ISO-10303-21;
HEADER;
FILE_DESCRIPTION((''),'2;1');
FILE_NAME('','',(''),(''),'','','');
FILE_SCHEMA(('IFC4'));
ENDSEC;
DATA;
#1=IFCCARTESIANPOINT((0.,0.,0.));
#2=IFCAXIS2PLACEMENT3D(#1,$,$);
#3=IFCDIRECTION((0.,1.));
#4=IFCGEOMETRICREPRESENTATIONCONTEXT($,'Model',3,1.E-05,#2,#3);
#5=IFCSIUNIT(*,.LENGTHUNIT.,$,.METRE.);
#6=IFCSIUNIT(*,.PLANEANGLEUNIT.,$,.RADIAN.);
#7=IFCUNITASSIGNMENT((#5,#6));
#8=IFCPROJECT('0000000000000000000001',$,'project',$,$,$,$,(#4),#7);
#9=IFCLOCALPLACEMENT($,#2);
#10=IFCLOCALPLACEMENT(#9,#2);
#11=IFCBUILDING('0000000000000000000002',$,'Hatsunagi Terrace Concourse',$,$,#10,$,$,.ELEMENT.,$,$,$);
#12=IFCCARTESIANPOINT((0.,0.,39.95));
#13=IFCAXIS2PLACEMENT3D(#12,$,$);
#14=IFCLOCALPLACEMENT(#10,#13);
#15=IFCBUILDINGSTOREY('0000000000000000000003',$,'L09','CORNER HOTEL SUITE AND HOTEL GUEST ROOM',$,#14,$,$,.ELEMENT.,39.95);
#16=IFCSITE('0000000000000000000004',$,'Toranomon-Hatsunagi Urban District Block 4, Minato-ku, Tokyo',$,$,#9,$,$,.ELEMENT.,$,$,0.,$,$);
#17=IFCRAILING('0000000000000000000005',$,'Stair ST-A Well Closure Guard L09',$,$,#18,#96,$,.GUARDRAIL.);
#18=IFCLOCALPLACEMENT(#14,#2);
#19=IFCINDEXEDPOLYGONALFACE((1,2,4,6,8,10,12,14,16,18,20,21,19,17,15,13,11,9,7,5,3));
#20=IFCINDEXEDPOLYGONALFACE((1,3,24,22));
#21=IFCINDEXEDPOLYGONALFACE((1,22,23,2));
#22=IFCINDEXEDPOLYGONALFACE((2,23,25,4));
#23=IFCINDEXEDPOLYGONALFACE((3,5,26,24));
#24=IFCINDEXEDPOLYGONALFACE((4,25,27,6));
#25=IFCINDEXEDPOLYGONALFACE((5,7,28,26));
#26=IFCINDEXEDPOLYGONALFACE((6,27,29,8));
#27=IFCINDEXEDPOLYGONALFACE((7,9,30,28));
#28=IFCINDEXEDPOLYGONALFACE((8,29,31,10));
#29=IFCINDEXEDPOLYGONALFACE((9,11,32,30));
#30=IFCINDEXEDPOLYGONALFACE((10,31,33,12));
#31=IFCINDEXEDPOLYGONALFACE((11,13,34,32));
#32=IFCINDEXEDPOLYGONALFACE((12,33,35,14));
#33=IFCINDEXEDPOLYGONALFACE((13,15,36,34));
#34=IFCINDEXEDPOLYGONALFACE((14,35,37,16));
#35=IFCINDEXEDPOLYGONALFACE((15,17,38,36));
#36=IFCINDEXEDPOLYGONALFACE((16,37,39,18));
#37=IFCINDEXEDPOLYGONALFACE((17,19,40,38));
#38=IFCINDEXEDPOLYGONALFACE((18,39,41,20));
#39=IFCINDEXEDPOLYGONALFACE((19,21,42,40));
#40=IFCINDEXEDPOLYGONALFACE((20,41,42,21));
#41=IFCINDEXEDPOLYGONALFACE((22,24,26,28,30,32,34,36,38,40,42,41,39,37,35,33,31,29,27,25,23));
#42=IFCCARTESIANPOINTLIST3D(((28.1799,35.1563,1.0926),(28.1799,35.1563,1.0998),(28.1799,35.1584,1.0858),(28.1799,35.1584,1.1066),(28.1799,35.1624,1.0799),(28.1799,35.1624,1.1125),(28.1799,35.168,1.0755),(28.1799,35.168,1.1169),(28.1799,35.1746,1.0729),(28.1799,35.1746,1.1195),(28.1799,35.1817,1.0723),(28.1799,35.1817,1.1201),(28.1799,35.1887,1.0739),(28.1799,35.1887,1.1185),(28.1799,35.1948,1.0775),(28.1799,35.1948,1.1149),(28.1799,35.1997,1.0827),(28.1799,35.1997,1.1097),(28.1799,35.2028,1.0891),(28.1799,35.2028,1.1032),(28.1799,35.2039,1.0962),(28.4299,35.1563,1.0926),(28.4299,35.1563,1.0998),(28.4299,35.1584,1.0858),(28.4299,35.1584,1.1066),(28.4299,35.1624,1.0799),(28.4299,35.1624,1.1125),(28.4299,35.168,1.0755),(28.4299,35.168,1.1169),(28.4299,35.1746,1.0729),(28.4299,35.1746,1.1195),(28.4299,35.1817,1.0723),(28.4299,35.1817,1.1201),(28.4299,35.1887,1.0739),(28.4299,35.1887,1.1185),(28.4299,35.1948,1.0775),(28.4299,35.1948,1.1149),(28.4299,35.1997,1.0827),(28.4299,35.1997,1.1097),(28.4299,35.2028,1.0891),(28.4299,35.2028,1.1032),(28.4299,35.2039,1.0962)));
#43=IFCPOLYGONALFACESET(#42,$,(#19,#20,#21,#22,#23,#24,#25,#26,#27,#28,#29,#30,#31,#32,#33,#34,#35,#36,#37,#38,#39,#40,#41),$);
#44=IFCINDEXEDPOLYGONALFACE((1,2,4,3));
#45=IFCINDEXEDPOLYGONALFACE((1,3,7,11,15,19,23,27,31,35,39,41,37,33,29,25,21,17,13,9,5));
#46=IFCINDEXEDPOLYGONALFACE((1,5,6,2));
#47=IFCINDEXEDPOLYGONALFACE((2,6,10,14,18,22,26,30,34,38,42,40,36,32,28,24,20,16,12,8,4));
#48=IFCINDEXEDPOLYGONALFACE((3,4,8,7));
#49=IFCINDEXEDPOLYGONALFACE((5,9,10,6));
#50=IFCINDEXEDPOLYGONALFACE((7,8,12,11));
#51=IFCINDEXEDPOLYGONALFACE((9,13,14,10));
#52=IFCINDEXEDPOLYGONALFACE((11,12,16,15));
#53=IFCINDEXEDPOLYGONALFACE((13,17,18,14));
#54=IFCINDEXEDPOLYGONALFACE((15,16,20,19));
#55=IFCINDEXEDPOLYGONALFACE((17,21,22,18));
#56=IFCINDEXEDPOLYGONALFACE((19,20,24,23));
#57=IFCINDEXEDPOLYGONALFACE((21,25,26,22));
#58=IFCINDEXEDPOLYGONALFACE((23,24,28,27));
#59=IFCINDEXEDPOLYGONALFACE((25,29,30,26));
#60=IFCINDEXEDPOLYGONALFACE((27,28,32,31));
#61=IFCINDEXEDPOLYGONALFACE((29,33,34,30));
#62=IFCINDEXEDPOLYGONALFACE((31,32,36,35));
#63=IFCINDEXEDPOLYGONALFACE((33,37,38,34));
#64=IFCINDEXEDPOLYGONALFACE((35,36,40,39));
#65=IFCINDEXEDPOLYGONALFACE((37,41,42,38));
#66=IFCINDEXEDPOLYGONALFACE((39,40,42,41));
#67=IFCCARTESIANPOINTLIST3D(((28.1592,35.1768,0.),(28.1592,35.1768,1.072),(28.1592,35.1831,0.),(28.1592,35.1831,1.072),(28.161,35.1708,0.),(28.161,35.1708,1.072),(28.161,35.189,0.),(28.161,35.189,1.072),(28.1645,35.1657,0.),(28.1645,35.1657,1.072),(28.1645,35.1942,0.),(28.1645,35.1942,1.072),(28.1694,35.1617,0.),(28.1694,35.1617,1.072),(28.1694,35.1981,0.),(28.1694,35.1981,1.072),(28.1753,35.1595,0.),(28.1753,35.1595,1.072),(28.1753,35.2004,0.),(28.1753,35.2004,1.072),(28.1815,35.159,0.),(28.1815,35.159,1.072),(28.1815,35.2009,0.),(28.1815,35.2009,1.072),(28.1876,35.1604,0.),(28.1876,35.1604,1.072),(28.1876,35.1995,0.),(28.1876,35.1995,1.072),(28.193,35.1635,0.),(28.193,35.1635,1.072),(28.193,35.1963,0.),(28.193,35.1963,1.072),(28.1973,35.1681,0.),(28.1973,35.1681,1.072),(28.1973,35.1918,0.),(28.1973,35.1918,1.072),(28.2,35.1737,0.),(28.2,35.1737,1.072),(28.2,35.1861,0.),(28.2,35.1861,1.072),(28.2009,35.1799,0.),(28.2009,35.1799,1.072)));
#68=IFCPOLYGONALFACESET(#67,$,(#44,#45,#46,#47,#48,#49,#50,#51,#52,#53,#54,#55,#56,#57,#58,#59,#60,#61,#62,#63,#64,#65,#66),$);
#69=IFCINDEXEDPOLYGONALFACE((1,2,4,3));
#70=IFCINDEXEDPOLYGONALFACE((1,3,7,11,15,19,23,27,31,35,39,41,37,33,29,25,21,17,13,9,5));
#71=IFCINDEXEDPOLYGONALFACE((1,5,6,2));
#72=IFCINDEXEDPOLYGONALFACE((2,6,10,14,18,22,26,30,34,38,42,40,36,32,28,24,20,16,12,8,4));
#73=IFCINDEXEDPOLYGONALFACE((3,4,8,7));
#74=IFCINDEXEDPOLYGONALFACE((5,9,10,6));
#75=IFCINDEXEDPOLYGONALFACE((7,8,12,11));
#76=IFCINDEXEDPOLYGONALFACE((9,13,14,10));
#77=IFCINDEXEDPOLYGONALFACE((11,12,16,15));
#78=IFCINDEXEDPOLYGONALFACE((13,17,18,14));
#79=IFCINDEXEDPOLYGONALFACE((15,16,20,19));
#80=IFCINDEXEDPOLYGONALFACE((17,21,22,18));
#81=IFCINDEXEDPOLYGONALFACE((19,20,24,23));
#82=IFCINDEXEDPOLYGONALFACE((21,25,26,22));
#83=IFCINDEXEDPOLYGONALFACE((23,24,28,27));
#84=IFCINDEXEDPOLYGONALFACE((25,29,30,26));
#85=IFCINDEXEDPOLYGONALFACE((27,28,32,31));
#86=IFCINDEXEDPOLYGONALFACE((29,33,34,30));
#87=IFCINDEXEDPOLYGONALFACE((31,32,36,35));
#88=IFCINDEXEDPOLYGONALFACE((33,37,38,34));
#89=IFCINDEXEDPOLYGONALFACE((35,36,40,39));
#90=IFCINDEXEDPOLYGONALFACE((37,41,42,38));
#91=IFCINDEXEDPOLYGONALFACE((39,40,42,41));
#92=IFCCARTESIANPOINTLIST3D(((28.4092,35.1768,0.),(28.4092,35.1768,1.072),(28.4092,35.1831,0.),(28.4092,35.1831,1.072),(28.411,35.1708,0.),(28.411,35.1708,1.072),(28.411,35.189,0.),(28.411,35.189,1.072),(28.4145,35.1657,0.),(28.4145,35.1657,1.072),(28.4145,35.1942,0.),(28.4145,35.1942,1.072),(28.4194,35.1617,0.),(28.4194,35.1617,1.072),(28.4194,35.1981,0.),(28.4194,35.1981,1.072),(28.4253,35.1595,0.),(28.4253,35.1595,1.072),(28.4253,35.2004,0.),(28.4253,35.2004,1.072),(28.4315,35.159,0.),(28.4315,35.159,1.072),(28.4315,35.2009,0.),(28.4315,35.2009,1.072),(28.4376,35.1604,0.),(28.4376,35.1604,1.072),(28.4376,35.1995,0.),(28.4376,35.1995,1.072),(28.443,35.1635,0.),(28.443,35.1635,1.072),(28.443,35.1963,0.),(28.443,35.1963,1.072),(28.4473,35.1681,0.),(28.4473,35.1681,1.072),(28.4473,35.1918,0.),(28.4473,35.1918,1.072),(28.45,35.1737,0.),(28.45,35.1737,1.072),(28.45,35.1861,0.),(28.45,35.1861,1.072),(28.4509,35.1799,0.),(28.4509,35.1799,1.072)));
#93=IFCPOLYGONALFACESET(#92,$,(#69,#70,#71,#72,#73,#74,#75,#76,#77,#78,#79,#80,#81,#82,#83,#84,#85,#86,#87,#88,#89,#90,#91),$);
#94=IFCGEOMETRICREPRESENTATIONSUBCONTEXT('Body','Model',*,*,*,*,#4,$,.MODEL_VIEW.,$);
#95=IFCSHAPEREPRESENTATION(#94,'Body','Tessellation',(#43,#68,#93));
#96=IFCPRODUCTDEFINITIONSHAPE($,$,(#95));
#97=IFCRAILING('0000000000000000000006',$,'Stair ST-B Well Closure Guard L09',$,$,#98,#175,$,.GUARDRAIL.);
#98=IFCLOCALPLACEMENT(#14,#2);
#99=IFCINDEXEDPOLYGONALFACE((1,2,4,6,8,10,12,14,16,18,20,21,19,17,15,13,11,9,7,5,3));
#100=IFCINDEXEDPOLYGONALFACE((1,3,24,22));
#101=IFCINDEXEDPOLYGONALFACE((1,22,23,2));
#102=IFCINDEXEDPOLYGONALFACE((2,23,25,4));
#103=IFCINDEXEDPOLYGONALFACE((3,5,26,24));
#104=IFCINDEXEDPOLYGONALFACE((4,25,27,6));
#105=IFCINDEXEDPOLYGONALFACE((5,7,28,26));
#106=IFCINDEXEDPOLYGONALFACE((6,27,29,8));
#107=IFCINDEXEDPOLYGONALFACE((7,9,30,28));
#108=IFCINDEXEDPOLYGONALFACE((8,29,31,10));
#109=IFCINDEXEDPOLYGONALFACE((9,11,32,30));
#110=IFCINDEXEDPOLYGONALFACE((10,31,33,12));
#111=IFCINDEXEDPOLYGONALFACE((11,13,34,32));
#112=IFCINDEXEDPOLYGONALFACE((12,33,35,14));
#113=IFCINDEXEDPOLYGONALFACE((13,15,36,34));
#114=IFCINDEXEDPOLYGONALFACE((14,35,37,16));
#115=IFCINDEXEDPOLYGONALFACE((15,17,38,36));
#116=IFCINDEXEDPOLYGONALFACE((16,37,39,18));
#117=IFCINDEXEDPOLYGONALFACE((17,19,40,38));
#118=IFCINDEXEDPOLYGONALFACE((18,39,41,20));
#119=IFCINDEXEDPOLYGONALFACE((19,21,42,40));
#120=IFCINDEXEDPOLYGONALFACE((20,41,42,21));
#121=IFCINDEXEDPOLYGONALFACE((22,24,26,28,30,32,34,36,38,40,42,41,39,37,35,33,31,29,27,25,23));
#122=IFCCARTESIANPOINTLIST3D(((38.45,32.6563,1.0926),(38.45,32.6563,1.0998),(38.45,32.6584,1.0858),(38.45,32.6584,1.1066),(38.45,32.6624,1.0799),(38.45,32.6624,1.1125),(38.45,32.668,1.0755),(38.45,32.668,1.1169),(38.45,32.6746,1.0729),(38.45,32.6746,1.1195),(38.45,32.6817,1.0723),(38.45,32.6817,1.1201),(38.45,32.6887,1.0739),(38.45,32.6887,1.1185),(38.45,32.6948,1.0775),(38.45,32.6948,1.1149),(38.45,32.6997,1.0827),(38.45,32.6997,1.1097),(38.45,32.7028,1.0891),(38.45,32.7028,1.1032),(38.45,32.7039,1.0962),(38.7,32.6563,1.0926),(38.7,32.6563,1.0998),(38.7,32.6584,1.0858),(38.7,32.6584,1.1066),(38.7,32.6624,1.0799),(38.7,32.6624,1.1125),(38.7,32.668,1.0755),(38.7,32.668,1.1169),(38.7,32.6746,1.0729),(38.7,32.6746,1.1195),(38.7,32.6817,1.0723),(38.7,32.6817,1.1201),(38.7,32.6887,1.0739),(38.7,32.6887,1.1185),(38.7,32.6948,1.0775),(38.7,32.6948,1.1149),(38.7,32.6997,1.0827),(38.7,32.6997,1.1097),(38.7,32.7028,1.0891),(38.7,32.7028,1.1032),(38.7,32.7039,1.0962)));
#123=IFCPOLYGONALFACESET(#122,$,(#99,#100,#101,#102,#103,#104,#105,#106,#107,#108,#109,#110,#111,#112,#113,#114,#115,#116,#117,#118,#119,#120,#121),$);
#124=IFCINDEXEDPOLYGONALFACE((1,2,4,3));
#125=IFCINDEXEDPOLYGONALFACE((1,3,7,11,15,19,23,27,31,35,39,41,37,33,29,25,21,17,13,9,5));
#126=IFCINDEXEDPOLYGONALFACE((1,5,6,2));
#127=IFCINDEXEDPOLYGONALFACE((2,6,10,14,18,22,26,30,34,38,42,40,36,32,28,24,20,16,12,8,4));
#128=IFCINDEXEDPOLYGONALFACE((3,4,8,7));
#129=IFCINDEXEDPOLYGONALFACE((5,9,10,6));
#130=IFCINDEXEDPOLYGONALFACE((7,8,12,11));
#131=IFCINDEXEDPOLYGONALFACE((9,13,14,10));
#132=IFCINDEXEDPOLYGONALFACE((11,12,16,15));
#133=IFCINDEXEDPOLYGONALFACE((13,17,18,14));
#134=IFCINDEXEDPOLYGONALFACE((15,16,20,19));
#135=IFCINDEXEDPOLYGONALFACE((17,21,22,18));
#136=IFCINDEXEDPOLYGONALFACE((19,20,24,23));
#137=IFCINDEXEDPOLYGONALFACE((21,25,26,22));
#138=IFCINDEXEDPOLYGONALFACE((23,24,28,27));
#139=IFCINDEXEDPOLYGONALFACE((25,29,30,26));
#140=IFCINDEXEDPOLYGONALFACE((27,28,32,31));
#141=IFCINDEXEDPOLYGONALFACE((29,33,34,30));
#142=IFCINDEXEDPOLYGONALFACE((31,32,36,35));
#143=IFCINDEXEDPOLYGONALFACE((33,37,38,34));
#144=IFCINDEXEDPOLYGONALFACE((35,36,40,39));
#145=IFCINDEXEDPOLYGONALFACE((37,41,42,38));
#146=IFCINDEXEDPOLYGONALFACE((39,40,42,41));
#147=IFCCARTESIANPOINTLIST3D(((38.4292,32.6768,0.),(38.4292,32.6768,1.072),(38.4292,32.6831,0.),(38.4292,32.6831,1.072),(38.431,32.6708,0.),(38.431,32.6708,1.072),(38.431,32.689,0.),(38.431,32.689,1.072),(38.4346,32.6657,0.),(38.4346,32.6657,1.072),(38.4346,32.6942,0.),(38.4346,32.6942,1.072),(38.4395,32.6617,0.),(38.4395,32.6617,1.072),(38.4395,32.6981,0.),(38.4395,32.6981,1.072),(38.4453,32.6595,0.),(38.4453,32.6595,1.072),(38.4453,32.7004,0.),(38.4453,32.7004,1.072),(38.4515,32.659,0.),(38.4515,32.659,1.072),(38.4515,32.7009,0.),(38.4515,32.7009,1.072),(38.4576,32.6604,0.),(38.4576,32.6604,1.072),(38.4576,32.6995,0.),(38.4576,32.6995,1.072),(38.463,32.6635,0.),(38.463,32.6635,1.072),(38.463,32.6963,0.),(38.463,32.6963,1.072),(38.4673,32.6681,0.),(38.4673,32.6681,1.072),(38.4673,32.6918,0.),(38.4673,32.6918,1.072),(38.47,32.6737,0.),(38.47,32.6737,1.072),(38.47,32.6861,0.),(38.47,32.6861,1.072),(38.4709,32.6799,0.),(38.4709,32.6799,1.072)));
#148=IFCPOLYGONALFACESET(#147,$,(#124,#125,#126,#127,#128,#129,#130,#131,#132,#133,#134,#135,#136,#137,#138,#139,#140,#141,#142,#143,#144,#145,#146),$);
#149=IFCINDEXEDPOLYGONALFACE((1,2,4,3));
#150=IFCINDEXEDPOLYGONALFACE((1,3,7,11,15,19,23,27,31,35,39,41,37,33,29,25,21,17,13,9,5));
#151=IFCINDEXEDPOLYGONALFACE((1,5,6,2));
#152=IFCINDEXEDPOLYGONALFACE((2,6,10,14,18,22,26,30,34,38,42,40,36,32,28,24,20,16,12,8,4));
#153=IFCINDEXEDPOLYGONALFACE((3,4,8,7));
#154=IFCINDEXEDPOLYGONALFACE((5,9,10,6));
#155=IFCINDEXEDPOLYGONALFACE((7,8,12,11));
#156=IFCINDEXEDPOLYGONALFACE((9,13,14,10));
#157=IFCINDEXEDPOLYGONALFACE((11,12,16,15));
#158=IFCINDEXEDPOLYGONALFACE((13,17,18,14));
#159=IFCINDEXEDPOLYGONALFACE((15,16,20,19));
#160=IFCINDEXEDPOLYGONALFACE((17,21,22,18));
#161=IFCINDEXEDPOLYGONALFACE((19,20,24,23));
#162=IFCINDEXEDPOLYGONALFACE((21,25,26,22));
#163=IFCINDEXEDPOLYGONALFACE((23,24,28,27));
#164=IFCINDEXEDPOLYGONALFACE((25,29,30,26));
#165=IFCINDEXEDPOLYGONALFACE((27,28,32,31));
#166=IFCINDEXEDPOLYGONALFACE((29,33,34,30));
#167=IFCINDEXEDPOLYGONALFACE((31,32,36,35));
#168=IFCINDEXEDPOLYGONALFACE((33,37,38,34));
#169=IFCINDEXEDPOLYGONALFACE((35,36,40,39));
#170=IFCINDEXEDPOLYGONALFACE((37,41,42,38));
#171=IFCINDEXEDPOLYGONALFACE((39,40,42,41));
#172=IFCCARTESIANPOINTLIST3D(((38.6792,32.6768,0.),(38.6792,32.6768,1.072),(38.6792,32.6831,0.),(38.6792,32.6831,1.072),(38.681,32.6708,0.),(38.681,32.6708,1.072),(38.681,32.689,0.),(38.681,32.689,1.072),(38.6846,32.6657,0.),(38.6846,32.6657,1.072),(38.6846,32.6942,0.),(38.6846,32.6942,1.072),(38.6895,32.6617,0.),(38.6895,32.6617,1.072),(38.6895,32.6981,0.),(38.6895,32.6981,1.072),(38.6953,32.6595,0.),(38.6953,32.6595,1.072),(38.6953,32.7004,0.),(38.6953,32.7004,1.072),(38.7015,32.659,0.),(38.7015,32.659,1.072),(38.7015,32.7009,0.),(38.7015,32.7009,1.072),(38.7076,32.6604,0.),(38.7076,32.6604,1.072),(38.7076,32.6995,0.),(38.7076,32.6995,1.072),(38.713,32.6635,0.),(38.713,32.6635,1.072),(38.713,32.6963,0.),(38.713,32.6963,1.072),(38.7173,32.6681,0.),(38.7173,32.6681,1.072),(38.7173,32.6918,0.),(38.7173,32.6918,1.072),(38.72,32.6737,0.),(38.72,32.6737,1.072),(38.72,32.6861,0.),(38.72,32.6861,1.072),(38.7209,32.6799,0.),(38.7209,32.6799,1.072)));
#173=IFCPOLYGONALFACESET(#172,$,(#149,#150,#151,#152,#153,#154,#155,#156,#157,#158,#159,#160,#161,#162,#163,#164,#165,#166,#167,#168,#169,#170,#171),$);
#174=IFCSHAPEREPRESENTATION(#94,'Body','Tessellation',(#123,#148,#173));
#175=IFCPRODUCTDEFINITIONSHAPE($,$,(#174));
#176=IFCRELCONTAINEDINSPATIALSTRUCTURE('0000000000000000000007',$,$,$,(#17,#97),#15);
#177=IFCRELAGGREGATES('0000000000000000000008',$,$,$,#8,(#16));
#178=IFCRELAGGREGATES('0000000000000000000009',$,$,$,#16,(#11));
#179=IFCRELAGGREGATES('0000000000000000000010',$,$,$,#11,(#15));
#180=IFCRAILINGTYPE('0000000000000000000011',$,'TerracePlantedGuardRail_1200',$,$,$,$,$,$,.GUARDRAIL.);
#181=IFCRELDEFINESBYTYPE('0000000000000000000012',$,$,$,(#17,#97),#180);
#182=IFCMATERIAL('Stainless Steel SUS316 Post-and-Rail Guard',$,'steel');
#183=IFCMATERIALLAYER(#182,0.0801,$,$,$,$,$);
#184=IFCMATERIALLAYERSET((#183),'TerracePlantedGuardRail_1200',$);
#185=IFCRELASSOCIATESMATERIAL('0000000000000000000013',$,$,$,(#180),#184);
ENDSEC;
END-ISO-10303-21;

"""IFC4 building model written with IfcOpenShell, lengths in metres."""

from ifc_helpers import new_model, si_unit, direction, frame, origin, origin_2d, place, context, subcontext, project, spatial, circle, extrude, material, layer, layer_set, type_object, element, save


model = new_model("IFC4")

# Units and contexts
model_context = context("Model", 3, precision=1e-05, world=origin(), true_north=direction((0.0, 1.0)))
body_context = subcontext(model_context, "Body", "Model", "MODEL_VIEW")
ifc_project = project(units=[si_unit("LENGTHUNIT", "METRE"), si_unit("PLANEANGLEUNIT", "RADIAN")], contexts=[model_context])

# Site, building, storey
site_placement = place(None, origin())
site = spatial("IfcSite", under=ifc_project, at=site_placement, Name="Toranomon-Hatsunagi Urban District Block 4, Minato-ku, Tokyo", CompositionType="ELEMENT", RefElevation=0.0)
building_placement = place(site_placement, origin())
building = spatial("IfcBuilding", under=site, at=building_placement, Name="Hatsunagi Terrace Concourse", CompositionType="ELEMENT")
storey_placement = place(building_placement, frame((0.0, 0.0, 39.95)))
storey = spatial("IfcBuildingStorey", under=building, at=storey_placement, Name="L09", Description="CORNER HOTEL SUITE AND HOTEL GUEST ROOM", CompositionType="ELEMENT", Elevation=39.95)

# Railings
ifc_material_1 = material(Name="Stainless Steel SUS316 Post-and-Rail Guard", Category="steel")
ifc_layer_1 = layer(ifc_material_1, 0.0801)
ifc_layer_set_1 = layer_set([ifc_layer_1], Name="TerracePlantedGuardRail_1200")
railing_type_1 = type_object("IfcRailingType", Name="TerracePlantedGuardRail_1200", PredefinedType="GUARDRAIL", material=ifc_layer_set_1)
for number, where, name in (
    (1, (28.1799, 35.1799, 0.0), "Stair ST-A Well Closure Guard L09"),
    (2, (38.45, 32.6799, 0.0), "Stair ST-B Well Closure Guard L09"),
):
    element("IfcRailing", number, at=place(storey_placement, frame(where)), inside=storey, type_object=railing_type_1, Name=name, PredefinedType="GUARDRAIL", context=body_context, shape_type="SweptSolid", body=[
        extrude(circle(Radius=0.0239, at=origin_2d()), frame((0.0, 0.0, 1.0962), z_axis=(1.0, 0.0, 0.0), x_axis=(0.0, 1.0, 0.0)), (0.0, 0.0, 1.0), 0.25),
        extrude(circle(Radius=0.021, at=origin_2d()), origin(), (0.0, 0.0, 1.0), 1.072),
        extrude(circle(Radius=0.021, at=origin_2d()), frame((0.25, 0.0, 0.0)), (0.0, 0.0, 1.0), 1.072),
    ])

save(model, "model.ifc")
